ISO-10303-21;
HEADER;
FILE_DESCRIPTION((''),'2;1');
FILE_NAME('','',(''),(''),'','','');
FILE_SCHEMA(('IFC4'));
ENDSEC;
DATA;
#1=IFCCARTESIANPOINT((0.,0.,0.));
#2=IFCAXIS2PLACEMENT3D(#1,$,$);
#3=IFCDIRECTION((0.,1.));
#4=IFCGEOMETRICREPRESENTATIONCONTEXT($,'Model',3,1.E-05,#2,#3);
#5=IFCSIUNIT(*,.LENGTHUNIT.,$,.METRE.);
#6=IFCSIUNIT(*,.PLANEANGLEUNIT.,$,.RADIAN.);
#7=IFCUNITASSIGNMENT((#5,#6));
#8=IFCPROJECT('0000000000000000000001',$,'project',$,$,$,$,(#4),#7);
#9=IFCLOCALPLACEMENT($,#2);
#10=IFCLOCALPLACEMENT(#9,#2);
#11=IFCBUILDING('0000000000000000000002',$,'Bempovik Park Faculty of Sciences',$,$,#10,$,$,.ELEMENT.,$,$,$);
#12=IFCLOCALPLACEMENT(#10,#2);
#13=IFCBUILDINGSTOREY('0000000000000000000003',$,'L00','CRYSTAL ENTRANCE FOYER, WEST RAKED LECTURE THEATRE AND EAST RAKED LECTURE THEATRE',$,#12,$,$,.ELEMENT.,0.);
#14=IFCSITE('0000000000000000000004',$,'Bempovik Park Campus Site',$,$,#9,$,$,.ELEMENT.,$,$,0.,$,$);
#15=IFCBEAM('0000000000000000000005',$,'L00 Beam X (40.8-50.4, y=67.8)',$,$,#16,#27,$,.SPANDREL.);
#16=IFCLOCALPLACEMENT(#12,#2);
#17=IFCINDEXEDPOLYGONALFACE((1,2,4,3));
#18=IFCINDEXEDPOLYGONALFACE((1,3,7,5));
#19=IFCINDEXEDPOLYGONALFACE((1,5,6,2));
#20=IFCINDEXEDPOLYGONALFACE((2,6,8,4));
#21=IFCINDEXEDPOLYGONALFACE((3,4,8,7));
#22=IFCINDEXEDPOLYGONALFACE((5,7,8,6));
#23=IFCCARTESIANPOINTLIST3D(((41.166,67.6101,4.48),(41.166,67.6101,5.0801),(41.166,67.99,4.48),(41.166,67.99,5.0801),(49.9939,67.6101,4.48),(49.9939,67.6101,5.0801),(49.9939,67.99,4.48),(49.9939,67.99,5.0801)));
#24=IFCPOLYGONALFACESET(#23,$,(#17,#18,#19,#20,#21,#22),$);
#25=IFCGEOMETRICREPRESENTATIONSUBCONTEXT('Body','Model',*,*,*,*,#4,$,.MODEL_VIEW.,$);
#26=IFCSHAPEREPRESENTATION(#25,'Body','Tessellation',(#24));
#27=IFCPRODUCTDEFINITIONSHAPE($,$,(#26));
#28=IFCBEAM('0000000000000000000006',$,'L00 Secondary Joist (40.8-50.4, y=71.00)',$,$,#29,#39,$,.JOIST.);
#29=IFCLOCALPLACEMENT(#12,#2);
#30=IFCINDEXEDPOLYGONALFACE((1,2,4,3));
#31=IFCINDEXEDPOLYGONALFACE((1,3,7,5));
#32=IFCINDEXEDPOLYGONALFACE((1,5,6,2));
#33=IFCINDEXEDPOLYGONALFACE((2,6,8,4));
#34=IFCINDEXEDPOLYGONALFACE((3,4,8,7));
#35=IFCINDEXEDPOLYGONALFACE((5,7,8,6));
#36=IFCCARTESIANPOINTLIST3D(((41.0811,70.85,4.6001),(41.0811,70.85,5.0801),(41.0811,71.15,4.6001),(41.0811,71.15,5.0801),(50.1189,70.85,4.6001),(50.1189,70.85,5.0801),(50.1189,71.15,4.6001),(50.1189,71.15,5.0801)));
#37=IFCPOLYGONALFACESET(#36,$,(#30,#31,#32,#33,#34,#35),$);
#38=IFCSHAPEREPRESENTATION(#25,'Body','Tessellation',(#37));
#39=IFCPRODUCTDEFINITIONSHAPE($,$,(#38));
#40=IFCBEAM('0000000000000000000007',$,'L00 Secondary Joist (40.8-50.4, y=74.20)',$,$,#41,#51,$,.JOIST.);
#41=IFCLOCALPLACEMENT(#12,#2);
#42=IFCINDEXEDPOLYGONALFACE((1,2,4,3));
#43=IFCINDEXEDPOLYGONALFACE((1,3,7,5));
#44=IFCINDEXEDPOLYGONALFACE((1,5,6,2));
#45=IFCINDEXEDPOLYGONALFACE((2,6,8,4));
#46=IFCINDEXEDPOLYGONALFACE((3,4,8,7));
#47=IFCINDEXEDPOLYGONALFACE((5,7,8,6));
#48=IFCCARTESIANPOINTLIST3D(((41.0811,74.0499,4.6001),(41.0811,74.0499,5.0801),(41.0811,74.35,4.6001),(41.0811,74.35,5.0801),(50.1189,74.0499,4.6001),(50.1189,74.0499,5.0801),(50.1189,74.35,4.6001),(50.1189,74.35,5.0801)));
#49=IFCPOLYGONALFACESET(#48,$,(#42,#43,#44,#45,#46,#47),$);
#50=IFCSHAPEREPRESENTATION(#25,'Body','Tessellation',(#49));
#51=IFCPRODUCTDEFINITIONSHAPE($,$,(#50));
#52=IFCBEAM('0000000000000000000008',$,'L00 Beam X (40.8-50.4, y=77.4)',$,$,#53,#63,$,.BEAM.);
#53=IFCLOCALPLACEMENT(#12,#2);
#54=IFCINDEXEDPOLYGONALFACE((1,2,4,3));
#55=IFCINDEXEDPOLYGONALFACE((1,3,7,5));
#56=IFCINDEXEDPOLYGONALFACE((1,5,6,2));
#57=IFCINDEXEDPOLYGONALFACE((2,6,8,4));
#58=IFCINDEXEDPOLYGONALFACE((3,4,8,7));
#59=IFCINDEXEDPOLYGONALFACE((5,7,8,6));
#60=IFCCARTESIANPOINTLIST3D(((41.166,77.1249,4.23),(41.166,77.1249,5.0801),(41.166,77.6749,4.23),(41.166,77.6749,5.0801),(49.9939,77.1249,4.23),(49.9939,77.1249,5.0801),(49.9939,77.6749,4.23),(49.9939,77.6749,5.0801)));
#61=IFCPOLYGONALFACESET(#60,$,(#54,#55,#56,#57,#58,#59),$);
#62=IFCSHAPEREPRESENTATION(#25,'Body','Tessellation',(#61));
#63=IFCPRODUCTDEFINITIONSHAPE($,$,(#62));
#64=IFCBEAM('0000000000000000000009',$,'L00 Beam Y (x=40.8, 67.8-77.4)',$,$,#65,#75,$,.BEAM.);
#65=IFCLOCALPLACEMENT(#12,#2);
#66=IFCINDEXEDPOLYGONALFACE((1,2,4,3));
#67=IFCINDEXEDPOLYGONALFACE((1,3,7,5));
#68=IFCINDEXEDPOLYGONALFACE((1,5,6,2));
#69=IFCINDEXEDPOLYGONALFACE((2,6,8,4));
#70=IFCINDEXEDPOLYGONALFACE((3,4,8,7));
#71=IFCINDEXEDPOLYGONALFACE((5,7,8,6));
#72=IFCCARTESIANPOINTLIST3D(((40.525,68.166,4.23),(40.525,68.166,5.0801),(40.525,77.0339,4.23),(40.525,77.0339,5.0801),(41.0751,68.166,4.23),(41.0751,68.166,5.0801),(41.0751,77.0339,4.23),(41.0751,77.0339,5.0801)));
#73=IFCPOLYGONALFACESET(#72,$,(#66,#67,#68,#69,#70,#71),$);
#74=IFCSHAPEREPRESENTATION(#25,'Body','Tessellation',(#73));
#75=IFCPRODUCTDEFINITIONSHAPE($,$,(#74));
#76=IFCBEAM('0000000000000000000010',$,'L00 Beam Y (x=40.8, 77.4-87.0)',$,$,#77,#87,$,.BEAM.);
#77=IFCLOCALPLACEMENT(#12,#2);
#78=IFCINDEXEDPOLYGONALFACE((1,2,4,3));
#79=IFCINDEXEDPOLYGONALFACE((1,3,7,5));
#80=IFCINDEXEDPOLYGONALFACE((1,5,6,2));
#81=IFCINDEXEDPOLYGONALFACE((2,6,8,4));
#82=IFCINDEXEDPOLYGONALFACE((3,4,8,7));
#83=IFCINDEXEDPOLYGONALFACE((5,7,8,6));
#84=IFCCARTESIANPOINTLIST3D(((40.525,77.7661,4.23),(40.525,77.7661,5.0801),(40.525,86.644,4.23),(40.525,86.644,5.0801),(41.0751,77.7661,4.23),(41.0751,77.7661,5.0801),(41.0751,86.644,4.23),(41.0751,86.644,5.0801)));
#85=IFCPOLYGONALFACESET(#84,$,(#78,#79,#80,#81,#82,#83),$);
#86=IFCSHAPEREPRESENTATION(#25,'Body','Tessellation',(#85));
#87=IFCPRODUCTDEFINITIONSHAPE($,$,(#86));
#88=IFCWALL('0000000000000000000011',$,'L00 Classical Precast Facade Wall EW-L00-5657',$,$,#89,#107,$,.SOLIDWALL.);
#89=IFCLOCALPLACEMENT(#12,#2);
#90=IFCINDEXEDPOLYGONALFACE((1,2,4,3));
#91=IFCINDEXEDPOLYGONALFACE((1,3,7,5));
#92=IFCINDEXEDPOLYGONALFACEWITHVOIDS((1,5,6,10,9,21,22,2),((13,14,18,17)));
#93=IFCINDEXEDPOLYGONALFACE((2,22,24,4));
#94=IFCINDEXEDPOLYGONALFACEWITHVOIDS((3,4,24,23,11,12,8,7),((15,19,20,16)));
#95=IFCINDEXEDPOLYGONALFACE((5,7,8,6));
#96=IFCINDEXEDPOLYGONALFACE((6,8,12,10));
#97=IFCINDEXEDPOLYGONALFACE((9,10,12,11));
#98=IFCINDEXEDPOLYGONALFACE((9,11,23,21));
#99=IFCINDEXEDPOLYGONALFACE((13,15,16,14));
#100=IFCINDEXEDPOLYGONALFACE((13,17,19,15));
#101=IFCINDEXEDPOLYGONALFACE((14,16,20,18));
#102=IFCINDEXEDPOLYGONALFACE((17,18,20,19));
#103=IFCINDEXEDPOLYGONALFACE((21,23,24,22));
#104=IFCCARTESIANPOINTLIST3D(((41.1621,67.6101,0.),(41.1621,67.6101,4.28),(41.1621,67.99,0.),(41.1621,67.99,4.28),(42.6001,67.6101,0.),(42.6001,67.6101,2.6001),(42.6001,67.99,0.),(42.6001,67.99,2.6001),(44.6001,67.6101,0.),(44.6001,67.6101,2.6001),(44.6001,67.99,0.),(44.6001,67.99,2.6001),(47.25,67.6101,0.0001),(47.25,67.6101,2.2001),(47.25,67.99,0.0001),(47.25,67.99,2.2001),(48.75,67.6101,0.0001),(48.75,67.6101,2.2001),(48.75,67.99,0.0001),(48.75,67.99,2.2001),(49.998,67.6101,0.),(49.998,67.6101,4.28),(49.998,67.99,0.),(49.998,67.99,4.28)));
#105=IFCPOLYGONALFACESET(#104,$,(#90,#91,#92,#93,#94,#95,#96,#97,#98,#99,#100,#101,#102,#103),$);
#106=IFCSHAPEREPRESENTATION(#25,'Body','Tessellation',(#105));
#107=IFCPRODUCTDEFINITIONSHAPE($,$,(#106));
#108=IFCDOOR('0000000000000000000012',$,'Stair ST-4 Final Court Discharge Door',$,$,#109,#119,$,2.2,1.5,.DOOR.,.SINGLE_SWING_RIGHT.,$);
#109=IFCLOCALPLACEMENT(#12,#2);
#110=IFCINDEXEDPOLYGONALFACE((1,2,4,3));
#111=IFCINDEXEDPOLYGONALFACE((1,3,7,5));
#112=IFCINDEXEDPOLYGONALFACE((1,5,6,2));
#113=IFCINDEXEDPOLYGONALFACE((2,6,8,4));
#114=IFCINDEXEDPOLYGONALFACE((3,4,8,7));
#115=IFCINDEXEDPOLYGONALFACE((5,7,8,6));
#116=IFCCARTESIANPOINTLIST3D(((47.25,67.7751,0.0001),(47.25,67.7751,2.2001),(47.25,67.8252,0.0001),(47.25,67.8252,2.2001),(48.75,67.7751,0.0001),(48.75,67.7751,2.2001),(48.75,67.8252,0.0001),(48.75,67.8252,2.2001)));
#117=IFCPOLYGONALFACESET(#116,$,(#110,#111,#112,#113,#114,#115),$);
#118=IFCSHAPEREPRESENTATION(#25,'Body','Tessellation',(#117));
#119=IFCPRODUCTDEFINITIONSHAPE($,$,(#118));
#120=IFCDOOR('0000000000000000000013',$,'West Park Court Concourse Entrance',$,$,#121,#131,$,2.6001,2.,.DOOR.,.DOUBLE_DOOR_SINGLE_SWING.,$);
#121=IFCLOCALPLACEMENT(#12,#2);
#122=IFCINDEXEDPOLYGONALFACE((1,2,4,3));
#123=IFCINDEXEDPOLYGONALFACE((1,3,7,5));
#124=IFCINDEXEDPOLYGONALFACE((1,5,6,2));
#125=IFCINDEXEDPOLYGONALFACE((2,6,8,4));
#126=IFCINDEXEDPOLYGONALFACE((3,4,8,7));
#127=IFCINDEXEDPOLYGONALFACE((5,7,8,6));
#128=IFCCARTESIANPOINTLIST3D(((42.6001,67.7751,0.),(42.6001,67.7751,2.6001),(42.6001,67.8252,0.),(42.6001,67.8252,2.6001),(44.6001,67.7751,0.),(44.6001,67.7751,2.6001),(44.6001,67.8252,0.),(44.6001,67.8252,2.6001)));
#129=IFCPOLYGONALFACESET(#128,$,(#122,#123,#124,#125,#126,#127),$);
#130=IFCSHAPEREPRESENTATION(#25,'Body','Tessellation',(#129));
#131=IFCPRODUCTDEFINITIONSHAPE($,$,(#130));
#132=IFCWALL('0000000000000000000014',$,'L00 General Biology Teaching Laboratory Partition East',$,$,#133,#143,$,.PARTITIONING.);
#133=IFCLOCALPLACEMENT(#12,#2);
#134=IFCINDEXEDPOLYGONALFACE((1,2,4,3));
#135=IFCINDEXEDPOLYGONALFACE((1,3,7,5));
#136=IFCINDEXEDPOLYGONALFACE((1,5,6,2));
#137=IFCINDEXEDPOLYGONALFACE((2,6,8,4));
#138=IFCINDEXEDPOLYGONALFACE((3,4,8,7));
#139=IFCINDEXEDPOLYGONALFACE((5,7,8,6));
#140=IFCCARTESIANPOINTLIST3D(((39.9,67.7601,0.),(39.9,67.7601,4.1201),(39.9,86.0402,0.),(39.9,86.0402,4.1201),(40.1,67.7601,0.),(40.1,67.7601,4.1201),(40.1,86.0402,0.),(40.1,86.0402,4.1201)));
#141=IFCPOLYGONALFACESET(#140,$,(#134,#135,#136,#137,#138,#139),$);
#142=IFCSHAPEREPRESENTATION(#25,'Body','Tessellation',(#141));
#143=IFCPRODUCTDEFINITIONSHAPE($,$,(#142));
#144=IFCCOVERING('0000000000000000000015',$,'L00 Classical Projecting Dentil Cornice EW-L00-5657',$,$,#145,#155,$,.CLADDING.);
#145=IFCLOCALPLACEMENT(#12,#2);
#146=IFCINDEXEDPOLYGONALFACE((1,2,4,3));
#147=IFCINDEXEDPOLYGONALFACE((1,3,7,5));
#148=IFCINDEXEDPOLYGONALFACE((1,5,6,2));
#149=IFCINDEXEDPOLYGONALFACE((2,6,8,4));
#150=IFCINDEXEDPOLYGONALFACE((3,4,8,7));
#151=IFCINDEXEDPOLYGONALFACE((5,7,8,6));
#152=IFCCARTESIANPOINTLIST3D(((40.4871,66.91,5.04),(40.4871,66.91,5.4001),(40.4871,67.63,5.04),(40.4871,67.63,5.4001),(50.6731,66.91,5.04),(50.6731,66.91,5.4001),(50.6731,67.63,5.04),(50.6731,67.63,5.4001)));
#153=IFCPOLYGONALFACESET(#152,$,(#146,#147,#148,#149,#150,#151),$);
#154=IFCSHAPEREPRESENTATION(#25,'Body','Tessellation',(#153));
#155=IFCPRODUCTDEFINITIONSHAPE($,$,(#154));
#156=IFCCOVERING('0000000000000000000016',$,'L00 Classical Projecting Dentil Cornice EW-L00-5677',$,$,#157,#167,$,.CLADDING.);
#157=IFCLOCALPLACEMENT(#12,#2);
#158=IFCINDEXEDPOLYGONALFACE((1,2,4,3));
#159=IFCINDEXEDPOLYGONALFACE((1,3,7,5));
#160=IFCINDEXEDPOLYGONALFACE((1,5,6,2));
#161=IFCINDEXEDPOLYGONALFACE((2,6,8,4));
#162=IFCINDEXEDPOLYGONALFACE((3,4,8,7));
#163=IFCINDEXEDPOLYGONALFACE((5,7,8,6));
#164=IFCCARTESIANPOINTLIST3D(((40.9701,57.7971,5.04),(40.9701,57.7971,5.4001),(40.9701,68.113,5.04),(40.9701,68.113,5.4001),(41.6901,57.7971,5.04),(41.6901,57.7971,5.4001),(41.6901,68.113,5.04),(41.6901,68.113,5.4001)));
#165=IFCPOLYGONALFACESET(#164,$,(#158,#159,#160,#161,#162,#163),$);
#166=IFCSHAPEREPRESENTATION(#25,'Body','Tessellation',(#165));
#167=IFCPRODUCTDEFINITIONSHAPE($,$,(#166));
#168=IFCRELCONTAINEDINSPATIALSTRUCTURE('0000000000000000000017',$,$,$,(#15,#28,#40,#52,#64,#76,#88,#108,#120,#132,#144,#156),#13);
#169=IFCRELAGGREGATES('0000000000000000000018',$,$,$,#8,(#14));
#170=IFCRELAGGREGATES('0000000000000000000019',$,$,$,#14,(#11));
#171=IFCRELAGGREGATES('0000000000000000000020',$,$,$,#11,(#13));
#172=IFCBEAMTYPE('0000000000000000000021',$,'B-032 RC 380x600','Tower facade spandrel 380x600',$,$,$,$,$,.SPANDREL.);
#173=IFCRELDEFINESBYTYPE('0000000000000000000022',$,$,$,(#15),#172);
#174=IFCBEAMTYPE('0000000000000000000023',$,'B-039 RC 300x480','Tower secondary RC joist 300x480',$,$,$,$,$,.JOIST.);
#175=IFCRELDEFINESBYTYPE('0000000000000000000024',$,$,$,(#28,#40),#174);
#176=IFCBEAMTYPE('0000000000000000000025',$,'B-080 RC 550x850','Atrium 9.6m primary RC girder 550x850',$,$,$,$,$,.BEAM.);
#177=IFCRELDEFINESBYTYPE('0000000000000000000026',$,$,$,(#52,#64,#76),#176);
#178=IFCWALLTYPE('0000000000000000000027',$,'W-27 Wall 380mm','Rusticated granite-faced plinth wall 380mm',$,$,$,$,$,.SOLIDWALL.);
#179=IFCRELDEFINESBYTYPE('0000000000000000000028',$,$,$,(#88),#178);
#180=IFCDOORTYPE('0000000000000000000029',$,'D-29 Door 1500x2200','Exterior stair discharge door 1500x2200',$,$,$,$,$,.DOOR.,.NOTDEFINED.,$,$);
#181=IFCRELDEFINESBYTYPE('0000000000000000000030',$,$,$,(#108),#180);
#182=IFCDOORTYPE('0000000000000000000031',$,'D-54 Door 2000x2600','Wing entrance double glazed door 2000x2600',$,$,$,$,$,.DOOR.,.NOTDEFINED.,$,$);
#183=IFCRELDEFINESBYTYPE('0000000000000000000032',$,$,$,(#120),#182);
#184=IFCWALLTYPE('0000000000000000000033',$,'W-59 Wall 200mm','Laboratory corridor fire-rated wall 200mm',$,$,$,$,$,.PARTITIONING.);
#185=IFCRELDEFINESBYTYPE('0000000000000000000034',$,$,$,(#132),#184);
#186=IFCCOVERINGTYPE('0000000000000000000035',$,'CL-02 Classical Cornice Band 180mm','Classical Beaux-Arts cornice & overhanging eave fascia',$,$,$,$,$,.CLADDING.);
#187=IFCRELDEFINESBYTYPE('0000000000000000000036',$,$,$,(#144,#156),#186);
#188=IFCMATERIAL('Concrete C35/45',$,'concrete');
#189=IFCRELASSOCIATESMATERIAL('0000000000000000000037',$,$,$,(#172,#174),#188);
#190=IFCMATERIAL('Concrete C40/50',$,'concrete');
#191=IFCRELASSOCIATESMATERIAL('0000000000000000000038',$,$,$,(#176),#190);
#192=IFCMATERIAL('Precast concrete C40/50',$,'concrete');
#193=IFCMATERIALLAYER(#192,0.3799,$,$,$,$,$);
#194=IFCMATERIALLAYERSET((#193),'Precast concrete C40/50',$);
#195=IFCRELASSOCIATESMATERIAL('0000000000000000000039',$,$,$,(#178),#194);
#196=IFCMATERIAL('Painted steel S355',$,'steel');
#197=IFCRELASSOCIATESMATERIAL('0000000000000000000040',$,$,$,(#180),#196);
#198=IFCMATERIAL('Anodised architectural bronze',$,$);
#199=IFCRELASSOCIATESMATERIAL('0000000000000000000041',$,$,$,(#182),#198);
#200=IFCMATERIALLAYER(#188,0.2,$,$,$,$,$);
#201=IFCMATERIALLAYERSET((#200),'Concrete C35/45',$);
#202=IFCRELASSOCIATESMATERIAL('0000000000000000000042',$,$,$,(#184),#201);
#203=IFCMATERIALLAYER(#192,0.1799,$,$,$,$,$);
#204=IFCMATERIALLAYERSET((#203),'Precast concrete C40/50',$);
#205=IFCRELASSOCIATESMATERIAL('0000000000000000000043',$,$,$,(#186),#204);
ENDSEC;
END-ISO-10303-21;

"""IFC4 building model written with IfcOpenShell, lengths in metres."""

from ifc_helpers import new_model, si_unit, direction, frame, frame_2d, origin, origin_2d, place, context, subcontext, project, spatial, rectangle, extrude, material, layer, layer_set, material_profile, profile_set, type_object, element, fill, save


model = new_model("IFC4")

# Units and contexts
model_context = context("Model", 3, precision=1e-05, world=origin(), true_north=direction((0.0, 1.0)))
body_context = subcontext(model_context, "Body", "Model", "MODEL_VIEW")
ifc_project = project(units=[si_unit("LENGTHUNIT", "METRE"), si_unit("PLANEANGLEUNIT", "RADIAN")], contexts=[model_context])

# Site, building, storey
site_placement = place(None, origin())
site = spatial("IfcSite", under=ifc_project, at=site_placement, Name="Bempovik Park Campus Site", CompositionType="ELEMENT", RefElevation=0.0)
building_placement = place(site_placement, origin())
building = spatial("IfcBuilding", under=site, at=building_placement, Name="Bempovik Park Faculty of Sciences", CompositionType="ELEMENT")
storey_placement = place(building_placement, origin())
storey = spatial("IfcBuildingStorey", under=building, at=storey_placement, Name="L00", Description="CRYSTAL ENTRANCE FOYER, WEST RAKED LECTURE THEATRE AND EAST RAKED LECTURE THEATRE", CompositionType="ELEMENT", Elevation=0.0)

# Shared definitions
ifc_material_1 = material(Name="Concrete C35/45", Category="concrete")

# Shared definitions
ifc_material_2 = material(Name="Concrete C40/50", Category="concrete")

# Beams
ifc_material_profile_1 = material_profile(ifc_material_1, rectangle(XDim=0.3799, YDim=0.6001, at=origin_2d()), Name="RC 380x600")
ifc_profile_set_1 = profile_set([ifc_material_profile_1], Name="Concrete C35/45")
beam_type_1 = type_object("IfcBeamType", Name="B-032 RC 380x600", Description="Tower facade spandrel 380x600", PredefinedType="SPANDREL", material=ifc_profile_set_1)
beam_1_placement = place(storey_placement, frame((41.166, 67.8, 4.78), z_axis=(1.0, 0.0, 0.0), x_axis=(0.0, 1.0, 0.0)))
element("IfcBeam", 1, at=beam_1_placement, inside=storey, type_object=beam_type_1, Name="L00 Beam X (40.8-50.4, y=67.8)", PredefinedType="SPANDREL", context=body_context, shape_type="SweptSolid", body=[
    extrude(rectangle(XDim=0.3799, YDim=0.6001, at=origin_2d()), origin(), (0.0, 0.0, 1.0), 8.8279),
])
ifc_material_profile_2 = material_profile(ifc_material_1, rectangle(XDim=0.3, YDim=0.48, at=origin_2d()), Name="RC 300x480")
ifc_profile_set_2 = profile_set([ifc_material_profile_2], Name="Concrete C35/45")
beam_type_2 = type_object("IfcBeamType", Name="B-039 RC 300x480", Description="Tower secondary RC joist 300x480", PredefinedType="JOIST", material=ifc_profile_set_2)
for number, where, z_axis, x_axis, name in (
    (2, (41.0811, 71.0, 4.8401), (1.0, 0.0, 0.0), (0.0, 1.0, 0.0), "L00 Secondary Joist (40.8-50.4, y=71.00)"),
    (3, (41.0811, 74.2, 4.8401), (1.0, 0.0, 0.0), (0.0, 1.0, 0.0), "L00 Secondary Joist (40.8-50.4, y=74.20)"),
):
    element("IfcBeam", number, at=place(storey_placement, frame(where, z_axis=z_axis, x_axis=x_axis)), inside=storey, type_object=beam_type_2, Name=name, PredefinedType="JOIST", context=body_context, shape_type="SweptSolid", body=[
        extrude(rectangle(XDim=0.3, YDim=0.48, at=origin_2d()), origin(), (0.0, 0.0, 1.0), 9.0378),
    ])
ifc_material_profile_3 = material_profile(ifc_material_2, rectangle(XDim=0.55, YDim=0.8501, at=origin_2d()), Name="RC 550x850")
ifc_profile_set_3 = profile_set([ifc_material_profile_3], Name="Concrete C40/50")
beam_type_3 = type_object("IfcBeamType", Name="B-080 RC 550x850", Description="Atrium 9.6m primary RC girder 550x850", PredefinedType="BEAM", material=ifc_profile_set_3)
beam_2_placement = place(storey_placement, frame((41.166, 77.3999, 4.655), z_axis=(1.0, 0.0, 0.0), x_axis=(0.0, 1.0, 0.0)))
element("IfcBeam", 4, at=beam_2_placement, inside=storey, type_object=beam_type_3, Name="L00 Beam X (40.8-50.4, y=77.4)", PredefinedType="BEAM", context=body_context, shape_type="SweptSolid", body=[
    extrude(rectangle(XDim=0.55, YDim=0.8501, at=origin_2d()), origin(), (0.0, 0.0, 1.0), 8.8279),
])
beam_3_placement = place(storey_placement, frame((40.8, 68.166, 4.655), z_axis=(0.0, 1.0, 0.0), x_axis=(-1.0, 0.0, 0.0)))
element("IfcBeam", 5, at=beam_3_placement, inside=storey, type_object=beam_type_3, Name="L00 Beam Y (x=40.8, 67.8-77.4)", PredefinedType="BEAM", context=body_context, shape_type="SweptSolid", body=[
    extrude(rectangle(XDim=0.55, YDim=0.8501, at=origin_2d()), origin(), (0.0, 0.0, 1.0), 8.8679),
])
beam_4_placement = place(storey_placement, frame((40.8, 77.7661, 4.655), z_axis=(0.0, 1.0, 0.0), x_axis=(-1.0, 0.0, 0.0)))
element("IfcBeam", 6, at=beam_4_placement, inside=storey, type_object=beam_type_3, Name="L00 Beam Y (x=40.8, 77.4-87.0)", PredefinedType="BEAM", context=body_context, shape_type="SweptSolid", body=[
    extrude(rectangle(XDim=0.55, YDim=0.8501, at=origin_2d()), origin(), (0.0, 0.0, 1.0), 8.8779),
])

# Wall, openings, doors
ifc_material_3 = material(Name="Precast concrete C40/50", Category="concrete")
ifc_layer_1 = layer(ifc_material_3, 0.3799)
ifc_layer_set_1 = layer_set([ifc_layer_1], Name="Precast concrete C40/50")
wall_type_1 = type_object("IfcWallType", Name="W-27 Wall 380mm", Description="Rusticated granite-faced plinth wall 380mm", PredefinedType="SOLIDWALL", material=ifc_layer_set_1)
wall_1_placement = place(storey_placement, frame((41.1621, 67.8, 0.0), z_axis=(0.0, 0.0, 1.0), x_axis=(1.0, 0.0, 0.0)))
wall_1 = element("IfcWall", 7, at=wall_1_placement, inside=storey, type_object=wall_type_1, Name="L00 Classical Precast Facade Wall EW-L00-5657", PredefinedType="SOLIDWALL", context=body_context, shape_type="SweptSolid", body=[
    extrude(rectangle(XDim=8.8359, YDim=0.3799, at=frame_2d((4.418, 0.0))), origin(), (0.0, 0.0, 1.0), 4.28),
])
opening_1_placement = place(wall_1_placement, frame((1.438, 0.0, 0.0)))
opening_1 = element("IfcOpeningElement", 8, at=opening_1_placement, cuts=wall_1, PredefinedType="OPENING", context=body_context, shape_type="SweptSolid", body=[
    extrude(rectangle(XDim=2.0, YDim=2.6001, at=frame_2d((1.0, 1.3))), frame((0.0, 0.2, 0.0), z_axis=(0.0, -1.0, 0.0), x_axis=(1.0, 0.0, 0.0)), (0.0, 0.0, 1.0), 0.3999),
])
opening_2_placement = place(wall_1_placement, frame((6.0879, 0.0, 0.0)))
opening_2 = element("IfcOpeningElement", 9, at=opening_2_placement, cuts=wall_1, PredefinedType="OPENING", context=body_context, shape_type="SweptSolid", body=[
    extrude(rectangle(XDim=1.5, YDim=2.2, at=frame_2d((0.75, 1.1001))), frame((0.0, 0.2, 0.0), z_axis=(0.0, -1.0, 0.0), x_axis=(1.0, 0.0, 0.0)), (0.0, 0.0, 1.0), 0.3999),
])
ifc_material_4 = material(Name="Painted steel S355", Category="steel")
door_type_1 = type_object("IfcDoorType", Name="D-29 Door 1500x2200", Description="Exterior stair discharge door 1500x2200", OperationType="NOTDEFINED", PredefinedType="DOOR", material=ifc_material_4)
door_1_placement = place(opening_2_placement, frame((1.5, 0.0, 0.0), z_axis=(0.0, 0.0, 1.0), x_axis=(-1.0, 0.0, 0.0)))
door_1 = element("IfcDoor", 10, at=door_1_placement, inside=storey, type_object=door_type_1, Name="Stair ST-4 Final Court Discharge Door", OperationType="SINGLE_SWING_RIGHT", OverallHeight=2.2, OverallWidth=1.5, PredefinedType="DOOR", context=body_context, shape_type="SweptSolid", body=[
    extrude(rectangle(XDim=1.5, YDim=2.2, at=frame_2d((0.75, 1.1001))), frame((0.0, 0.0249, 0.0), z_axis=(0.0, -1.0, 0.0), x_axis=(1.0, 0.0, 0.0)), (0.0, 0.0, 1.0), 0.05),
])
fill(opening_2, door_1)
ifc_material_5 = material(Name="Anodised architectural bronze")
door_type_2 = type_object("IfcDoorType", Name="D-54 Door 2000x2600", Description="Wing entrance double glazed door 2000x2600", OperationType="NOTDEFINED", PredefinedType="DOOR", material=ifc_material_5)
door_2_placement = place(opening_1_placement, frame((2.0, 0.0, 0.0), z_axis=(0.0, 0.0, 1.0), x_axis=(-1.0, 0.0, 0.0)))
door_2 = element("IfcDoor", 11, at=door_2_placement, inside=storey, type_object=door_type_2, Name="West Park Court Concourse Entrance", OperationType="DOUBLE_DOOR_SINGLE_SWING", OverallHeight=2.6001, OverallWidth=2.0, PredefinedType="DOOR", context=body_context, shape_type="SweptSolid", body=[
    extrude(rectangle(XDim=2.0, YDim=2.6001, at=frame_2d((1.0, 1.3))), frame((0.0, 0.0249, 0.0), z_axis=(0.0, -1.0, 0.0), x_axis=(1.0, 0.0, 0.0)), (0.0, 0.0, 1.0), 0.05),
])
fill(opening_1, door_2)

# Wall
ifc_layer_2 = layer(ifc_material_1, 0.2)
ifc_layer_set_2 = layer_set([ifc_layer_2], Name="Concrete C35/45")
wall_type_2 = type_object("IfcWallType", Name="W-59 Wall 200mm", Description="Laboratory corridor fire-rated wall 200mm", PredefinedType="PARTITIONING", material=ifc_layer_set_2)
wall_2_placement = place(storey_placement, frame((40.0, 67.76, 0.0), z_axis=(0.0, 0.0, 1.0), x_axis=(0.0, 1.0, 0.0)))
element("IfcWall", 12, at=wall_2_placement, inside=storey, type_object=wall_type_2, Name="L00 General Biology Teaching Laboratory Partition East", PredefinedType="PARTITIONING", context=body_context, shape_type="SweptSolid", body=[
    extrude(rectangle(XDim=18.28, YDim=0.2, at=frame_2d((9.1401, 0.0))), origin(), (0.0, 0.0, 1.0), 4.1201),
])

# Coverings
ifc_layer_3 = layer(ifc_material_3, 0.1799)
ifc_layer_set_3 = layer_set([ifc_layer_3], Name="Precast concrete C40/50")
covering_type_1 = type_object("IfcCoveringType", Name="CL-02 Classical Cornice Band 180mm", Description="Classical Beaux-Arts cornice & overhanging eave fascia", PredefinedType="CLADDING", material=ifc_layer_set_3)
covering_1_placement = place(storey_placement, frame((45.5801, 67.27, 5.04), z_axis=(0.0, 0.0, 1.0), x_axis=(1.0, 0.0, 0.0)))
element("IfcCovering", 13, at=covering_1_placement, inside=storey, type_object=covering_type_1, Name="L00 Classical Projecting Dentil Cornice EW-L00-5657", PredefinedType="CLADDING", context=body_context, shape_type="SweptSolid", body=[
    extrude(rectangle(XDim=10.186, YDim=0.72, at=origin_2d()), origin(), (0.0, 0.0, 1.0), 0.3601),
])
covering_2_placement = place(storey_placement, frame((41.3301, 62.9551, 5.04), z_axis=(0.0, 0.0, 1.0), x_axis=(1.0, 0.0, 0.0)))
element("IfcCovering", 14, at=covering_2_placement, inside=storey, type_object=covering_type_1, Name="L00 Classical Projecting Dentil Cornice EW-L00-5677", PredefinedType="CLADDING", context=body_context, shape_type="SweptSolid", body=[
    extrude(rectangle(XDim=0.72, YDim=10.3159, at=origin_2d()), origin(), (0.0, 0.0, 1.0), 0.3601),
])

save(model, "model.ifc")
